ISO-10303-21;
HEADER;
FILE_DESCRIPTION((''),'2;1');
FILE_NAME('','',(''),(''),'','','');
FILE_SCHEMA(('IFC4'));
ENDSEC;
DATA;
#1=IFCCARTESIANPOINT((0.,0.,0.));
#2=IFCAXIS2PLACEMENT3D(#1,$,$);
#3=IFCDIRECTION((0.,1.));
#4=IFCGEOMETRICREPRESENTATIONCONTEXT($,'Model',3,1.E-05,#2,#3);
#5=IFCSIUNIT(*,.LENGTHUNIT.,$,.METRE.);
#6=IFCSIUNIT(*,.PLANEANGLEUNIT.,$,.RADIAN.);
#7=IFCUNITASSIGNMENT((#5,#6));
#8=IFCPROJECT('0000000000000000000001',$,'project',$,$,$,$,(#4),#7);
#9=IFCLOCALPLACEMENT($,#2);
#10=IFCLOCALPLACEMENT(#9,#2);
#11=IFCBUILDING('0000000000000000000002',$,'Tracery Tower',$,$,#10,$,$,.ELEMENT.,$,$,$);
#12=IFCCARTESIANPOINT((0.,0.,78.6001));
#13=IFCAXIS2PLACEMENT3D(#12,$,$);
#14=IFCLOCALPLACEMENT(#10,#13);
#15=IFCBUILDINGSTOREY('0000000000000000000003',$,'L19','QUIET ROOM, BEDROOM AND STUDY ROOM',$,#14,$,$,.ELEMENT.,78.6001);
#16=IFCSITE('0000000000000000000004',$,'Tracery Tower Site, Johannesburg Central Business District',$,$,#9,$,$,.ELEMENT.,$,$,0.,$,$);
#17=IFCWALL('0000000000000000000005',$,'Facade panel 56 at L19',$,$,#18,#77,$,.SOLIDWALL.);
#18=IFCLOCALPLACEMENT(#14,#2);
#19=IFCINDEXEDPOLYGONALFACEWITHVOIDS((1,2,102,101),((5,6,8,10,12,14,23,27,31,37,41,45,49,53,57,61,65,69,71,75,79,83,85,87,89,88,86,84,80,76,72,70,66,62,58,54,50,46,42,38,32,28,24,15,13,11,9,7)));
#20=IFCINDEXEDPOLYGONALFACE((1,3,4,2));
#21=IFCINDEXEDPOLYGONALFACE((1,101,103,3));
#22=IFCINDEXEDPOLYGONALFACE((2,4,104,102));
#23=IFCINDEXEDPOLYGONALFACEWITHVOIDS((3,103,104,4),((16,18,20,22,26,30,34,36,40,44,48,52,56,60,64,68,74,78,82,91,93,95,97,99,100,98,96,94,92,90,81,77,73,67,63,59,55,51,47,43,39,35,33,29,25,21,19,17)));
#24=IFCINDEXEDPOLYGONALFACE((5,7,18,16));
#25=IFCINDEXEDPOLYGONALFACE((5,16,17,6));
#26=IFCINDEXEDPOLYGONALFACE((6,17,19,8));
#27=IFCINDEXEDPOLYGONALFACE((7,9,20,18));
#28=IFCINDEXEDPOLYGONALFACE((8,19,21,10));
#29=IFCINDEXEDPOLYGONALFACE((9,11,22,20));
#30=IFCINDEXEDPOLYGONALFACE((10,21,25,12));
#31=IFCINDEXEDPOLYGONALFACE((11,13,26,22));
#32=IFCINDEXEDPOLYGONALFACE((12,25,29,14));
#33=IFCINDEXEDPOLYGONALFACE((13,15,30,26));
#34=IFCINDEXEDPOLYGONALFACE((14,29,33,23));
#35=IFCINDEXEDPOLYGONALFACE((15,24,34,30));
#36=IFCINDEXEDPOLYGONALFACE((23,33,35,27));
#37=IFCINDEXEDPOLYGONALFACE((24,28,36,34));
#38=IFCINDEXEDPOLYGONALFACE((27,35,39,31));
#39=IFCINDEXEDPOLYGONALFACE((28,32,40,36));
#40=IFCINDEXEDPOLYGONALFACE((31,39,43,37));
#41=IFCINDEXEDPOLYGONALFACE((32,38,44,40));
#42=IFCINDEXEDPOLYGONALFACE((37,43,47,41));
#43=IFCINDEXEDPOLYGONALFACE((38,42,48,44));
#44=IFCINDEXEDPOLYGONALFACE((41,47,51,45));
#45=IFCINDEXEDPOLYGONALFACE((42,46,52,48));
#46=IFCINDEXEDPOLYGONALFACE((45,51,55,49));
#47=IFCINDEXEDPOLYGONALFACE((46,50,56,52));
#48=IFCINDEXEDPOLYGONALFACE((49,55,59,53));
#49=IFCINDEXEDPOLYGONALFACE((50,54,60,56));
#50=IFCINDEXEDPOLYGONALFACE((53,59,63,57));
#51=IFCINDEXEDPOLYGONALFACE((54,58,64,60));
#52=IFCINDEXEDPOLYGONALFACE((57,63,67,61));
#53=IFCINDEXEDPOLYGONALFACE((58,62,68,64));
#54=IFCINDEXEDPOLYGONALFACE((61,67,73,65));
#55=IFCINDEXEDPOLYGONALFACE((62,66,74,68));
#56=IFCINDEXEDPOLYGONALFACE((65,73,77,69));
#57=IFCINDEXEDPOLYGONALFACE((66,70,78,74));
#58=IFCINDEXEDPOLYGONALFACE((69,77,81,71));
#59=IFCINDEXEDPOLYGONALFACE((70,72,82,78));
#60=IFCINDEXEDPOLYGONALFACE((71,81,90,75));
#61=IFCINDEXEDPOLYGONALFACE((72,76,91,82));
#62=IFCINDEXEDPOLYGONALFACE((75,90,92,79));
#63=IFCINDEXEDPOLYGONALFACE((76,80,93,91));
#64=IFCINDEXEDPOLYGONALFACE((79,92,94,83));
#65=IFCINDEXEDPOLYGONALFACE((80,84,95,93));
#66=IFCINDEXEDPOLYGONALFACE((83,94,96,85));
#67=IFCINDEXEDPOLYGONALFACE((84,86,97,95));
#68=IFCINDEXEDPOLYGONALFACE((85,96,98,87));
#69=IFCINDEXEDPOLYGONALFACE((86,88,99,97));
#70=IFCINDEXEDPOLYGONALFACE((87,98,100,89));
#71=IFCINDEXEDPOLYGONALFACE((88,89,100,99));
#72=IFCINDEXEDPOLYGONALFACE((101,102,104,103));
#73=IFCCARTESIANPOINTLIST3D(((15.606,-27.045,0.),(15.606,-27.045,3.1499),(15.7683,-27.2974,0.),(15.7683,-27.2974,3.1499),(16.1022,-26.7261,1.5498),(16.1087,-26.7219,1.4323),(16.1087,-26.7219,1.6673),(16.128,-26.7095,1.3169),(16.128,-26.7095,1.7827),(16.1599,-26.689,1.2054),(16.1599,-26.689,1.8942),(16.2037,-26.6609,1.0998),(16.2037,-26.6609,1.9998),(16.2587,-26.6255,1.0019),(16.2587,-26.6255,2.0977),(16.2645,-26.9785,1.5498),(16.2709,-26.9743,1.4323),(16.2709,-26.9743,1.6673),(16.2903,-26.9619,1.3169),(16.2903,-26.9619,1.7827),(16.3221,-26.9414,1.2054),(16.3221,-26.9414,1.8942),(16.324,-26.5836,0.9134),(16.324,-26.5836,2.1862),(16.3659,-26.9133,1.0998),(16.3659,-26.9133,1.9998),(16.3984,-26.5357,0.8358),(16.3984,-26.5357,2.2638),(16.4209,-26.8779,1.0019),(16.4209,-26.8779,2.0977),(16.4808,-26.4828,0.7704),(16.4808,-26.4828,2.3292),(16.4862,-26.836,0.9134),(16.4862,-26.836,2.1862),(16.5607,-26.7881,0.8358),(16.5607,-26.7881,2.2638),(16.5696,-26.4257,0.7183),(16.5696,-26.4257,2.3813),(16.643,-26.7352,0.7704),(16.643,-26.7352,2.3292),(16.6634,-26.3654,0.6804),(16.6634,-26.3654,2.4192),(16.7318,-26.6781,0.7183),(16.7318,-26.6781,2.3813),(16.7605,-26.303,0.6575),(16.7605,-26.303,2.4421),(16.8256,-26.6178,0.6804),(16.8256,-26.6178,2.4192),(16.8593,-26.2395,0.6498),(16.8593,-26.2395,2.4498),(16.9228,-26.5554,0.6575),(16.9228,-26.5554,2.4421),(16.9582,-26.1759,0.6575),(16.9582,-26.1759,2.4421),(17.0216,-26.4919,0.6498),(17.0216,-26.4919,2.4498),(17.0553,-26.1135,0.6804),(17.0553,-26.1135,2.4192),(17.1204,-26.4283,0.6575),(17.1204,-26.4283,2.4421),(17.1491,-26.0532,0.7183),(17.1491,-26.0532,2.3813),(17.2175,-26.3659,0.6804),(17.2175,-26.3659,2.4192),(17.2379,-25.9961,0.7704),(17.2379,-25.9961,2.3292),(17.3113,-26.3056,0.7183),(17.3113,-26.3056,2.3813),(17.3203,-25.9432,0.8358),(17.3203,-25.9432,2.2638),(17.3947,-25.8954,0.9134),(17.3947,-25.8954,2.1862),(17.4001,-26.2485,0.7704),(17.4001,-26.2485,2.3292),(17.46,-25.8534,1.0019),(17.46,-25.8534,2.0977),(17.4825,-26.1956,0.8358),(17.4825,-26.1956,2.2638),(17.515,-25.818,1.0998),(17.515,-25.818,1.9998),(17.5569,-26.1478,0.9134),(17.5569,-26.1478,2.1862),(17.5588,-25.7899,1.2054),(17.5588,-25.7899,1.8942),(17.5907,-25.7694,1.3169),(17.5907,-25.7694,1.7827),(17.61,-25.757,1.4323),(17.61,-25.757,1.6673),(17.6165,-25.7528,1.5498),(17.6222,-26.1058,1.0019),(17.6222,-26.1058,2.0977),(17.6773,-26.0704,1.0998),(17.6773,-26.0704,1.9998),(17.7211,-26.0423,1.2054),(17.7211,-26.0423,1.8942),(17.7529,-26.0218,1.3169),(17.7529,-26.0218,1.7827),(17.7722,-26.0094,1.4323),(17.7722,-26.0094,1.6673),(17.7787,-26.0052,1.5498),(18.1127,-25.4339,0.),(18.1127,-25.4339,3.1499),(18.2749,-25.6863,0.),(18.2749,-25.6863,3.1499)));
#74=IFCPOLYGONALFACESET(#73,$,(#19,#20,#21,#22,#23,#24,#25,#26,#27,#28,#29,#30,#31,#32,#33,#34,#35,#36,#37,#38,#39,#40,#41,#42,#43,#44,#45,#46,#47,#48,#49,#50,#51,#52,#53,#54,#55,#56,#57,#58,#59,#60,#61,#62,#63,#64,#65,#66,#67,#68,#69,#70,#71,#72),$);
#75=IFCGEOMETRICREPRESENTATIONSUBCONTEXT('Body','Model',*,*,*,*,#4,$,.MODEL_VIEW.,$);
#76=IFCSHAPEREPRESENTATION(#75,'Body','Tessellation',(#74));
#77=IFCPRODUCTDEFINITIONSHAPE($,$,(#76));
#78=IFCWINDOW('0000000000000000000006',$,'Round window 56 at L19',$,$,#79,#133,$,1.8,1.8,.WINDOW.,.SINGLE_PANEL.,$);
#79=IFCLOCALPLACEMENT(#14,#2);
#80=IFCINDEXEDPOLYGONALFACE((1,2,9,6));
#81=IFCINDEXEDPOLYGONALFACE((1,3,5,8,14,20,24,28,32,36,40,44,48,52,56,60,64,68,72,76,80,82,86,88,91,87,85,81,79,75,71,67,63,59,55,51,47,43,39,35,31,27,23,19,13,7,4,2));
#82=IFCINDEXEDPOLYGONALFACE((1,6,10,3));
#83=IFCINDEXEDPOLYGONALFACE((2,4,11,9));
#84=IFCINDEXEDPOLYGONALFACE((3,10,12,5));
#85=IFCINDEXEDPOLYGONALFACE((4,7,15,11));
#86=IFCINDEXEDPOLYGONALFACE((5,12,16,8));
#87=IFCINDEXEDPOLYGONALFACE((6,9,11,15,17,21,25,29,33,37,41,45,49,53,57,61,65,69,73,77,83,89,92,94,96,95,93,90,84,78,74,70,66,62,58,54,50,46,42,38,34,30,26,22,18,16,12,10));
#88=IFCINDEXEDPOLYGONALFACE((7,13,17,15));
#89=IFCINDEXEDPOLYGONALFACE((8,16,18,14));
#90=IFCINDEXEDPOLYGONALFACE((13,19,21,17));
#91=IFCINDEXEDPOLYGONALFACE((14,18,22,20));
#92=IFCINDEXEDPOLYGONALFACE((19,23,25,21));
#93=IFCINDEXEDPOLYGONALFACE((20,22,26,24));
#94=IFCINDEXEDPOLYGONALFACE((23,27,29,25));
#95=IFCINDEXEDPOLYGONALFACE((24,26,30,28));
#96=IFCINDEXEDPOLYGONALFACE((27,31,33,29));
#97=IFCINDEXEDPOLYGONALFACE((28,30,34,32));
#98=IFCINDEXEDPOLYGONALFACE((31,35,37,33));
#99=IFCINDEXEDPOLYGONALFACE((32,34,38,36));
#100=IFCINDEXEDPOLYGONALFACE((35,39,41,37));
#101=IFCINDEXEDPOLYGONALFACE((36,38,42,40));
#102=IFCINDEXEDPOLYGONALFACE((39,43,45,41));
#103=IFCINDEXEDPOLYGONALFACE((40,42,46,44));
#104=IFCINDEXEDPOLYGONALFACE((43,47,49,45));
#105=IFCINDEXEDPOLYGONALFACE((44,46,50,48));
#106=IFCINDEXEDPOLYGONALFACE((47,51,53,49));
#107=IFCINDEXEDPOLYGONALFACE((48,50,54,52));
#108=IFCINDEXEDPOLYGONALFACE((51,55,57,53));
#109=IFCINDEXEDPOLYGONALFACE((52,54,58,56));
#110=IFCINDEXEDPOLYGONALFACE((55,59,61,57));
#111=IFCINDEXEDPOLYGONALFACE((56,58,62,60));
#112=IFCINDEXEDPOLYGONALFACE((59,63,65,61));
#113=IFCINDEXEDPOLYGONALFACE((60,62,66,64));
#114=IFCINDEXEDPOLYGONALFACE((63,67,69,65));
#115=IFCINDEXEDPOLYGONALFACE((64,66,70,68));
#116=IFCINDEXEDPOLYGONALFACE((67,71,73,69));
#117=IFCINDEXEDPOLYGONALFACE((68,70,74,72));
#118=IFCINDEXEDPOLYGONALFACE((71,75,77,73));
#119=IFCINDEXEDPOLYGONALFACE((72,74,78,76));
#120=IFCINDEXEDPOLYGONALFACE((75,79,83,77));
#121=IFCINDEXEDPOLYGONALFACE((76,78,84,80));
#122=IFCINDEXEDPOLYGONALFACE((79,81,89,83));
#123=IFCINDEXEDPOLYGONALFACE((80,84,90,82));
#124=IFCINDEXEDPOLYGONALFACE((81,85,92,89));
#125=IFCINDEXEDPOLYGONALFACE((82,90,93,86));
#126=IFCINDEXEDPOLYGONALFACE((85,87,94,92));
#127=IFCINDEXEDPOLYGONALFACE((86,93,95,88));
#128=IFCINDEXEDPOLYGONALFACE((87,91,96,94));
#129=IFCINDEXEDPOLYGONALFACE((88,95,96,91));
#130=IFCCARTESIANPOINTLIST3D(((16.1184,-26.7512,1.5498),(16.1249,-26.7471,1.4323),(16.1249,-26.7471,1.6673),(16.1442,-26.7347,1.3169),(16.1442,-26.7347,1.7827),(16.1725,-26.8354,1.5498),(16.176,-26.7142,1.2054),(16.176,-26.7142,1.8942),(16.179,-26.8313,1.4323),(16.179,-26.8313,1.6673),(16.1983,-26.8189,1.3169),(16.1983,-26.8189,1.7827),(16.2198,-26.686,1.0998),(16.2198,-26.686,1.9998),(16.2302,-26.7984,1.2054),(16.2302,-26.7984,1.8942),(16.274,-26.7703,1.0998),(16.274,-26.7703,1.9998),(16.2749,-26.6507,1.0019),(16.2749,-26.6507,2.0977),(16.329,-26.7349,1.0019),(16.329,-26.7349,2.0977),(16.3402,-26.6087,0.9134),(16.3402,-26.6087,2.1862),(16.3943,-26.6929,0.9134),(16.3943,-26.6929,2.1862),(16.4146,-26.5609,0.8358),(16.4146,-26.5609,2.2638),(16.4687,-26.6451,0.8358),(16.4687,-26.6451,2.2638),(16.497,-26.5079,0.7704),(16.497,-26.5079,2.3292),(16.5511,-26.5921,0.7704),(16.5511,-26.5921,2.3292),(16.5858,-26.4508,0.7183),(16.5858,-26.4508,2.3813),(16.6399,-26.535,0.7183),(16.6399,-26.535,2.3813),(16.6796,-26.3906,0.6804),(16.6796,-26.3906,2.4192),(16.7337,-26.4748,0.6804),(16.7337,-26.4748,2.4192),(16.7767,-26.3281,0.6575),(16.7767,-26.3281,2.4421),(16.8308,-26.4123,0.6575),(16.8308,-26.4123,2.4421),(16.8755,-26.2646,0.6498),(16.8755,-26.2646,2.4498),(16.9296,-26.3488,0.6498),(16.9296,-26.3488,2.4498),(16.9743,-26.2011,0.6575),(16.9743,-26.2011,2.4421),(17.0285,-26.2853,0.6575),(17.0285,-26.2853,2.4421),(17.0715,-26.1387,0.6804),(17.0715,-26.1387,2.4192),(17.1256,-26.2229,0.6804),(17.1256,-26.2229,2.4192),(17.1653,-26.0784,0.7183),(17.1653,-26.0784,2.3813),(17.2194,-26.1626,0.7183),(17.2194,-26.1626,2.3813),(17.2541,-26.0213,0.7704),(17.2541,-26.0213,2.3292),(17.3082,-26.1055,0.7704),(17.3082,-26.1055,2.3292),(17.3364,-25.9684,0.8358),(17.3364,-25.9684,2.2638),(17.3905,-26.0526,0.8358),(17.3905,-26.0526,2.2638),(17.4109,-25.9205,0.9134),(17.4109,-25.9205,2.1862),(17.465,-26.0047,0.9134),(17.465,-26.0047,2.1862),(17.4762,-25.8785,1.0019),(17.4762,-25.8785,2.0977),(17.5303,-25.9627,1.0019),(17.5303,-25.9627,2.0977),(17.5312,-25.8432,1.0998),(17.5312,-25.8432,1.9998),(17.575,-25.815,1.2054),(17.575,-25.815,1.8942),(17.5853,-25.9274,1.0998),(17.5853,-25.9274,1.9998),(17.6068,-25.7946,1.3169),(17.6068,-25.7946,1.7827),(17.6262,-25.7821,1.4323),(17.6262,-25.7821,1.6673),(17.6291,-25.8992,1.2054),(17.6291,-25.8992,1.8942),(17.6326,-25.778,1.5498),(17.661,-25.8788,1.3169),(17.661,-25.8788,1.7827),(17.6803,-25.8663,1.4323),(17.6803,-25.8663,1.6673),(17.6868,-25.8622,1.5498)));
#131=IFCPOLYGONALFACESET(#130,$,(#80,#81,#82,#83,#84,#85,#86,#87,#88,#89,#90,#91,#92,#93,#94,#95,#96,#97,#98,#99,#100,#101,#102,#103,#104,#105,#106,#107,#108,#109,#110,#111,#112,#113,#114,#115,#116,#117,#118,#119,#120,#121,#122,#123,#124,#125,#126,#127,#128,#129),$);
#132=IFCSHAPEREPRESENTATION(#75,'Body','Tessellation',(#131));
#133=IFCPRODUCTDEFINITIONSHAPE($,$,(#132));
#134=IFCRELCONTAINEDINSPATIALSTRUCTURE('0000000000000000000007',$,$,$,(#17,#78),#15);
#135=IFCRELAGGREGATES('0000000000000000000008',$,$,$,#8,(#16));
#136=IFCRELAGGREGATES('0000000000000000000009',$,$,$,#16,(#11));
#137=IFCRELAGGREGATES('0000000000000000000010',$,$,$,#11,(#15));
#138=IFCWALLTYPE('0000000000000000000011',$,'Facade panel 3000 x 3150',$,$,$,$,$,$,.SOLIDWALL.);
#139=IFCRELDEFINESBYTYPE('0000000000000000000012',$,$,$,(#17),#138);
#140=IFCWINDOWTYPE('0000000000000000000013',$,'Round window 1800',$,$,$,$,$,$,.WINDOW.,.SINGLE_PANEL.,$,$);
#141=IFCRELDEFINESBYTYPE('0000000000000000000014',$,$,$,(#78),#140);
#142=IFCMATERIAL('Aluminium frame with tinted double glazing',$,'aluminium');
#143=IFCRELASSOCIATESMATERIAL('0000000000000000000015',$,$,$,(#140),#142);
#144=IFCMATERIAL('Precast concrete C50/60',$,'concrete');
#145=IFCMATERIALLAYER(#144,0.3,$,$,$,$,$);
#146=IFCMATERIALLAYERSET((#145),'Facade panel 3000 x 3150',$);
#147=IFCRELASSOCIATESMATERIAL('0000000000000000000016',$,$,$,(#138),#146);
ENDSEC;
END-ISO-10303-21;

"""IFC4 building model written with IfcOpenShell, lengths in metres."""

from ifc_helpers import new_model, si_unit, direction, frame, frame_2d, origin, origin_2d, place, context, subcontext, project, spatial, rectangle, circle, extrude, material, layer, layer_set, type_object, element, fill, save


model = new_model("IFC4")

# Units and contexts
model_context = context("Model", 3, precision=1e-05, world=origin(), true_north=direction((0.0, 1.0)))
body_context = subcontext(model_context, "Body", "Model", "MODEL_VIEW")
ifc_project = project(units=[si_unit("LENGTHUNIT", "METRE"), si_unit("PLANEANGLEUNIT", "RADIAN")], contexts=[model_context])

# Site, building, storey
site_placement = place(None, origin())
site = spatial("IfcSite", under=ifc_project, at=site_placement, Name="Tracery Tower Site, Johannesburg Central Business District", CompositionType="ELEMENT", RefElevation=0.0)
building_placement = place(site_placement, origin())
building = spatial("IfcBuilding", under=site, at=building_placement, Name="Tracery Tower", CompositionType="ELEMENT")
storey_placement = place(building_placement, frame((0.0, 0.0, 78.6001)))
storey = spatial("IfcBuildingStorey", under=building, at=storey_placement, Name="L19", Description="QUIET ROOM, BEDROOM AND STUDY ROOM", CompositionType="ELEMENT", Elevation=78.6001)

# Wall, opening, window
ifc_material_1 = material(Name="Aluminium frame with tinted double glazing", Category="aluminium")
window_type = type_object("IfcWindowType", Name="Round window 1800", PartitioningType="SINGLE_PANEL", PredefinedType="WINDOW", material=ifc_material_1)
ifc_material_2 = material(Name="Precast concrete C50/60", Category="concrete")
ifc_layer_1 = layer(ifc_material_2, 0.3)
ifc_layer_set_1 = layer_set([ifc_layer_1], Name="Facade panel 3000 x 3150")
wall_type_1 = type_object("IfcWallType", Name="Facade panel 3000 x 3150", PredefinedType="SOLIDWALL", material=ifc_layer_set_1)
wall_1_placement = place(storey_placement, frame((15.6873, -27.1711, 0.0), z_axis=(0.0, 0.0, 1.0), x_axis=(0.841224, 0.540687, 0.0)))
wall_1 = element("IfcWall", 1, at=wall_1_placement, inside=storey, type_object=wall_type_1, Name="Facade panel 56 at L19", PredefinedType="SOLIDWALL", context=body_context, shape_type="SweptSolid", body=[
    extrude(rectangle(XDim=2.9797, YDim=0.3, at=frame_2d((1.4897, 0.0))), origin(), (0.0, 0.0, 1.0), 3.1499),
])
opening_1_placement = place(wall_1_placement, frame((1.4897, 0.0, 1.5498)))
opening_1 = element("IfcOpeningElement", 2, at=opening_1_placement, cuts=wall_1, PredefinedType="OPENING", context=body_context, shape_type="SweptSolid", body=[
    extrude(circle(Radius=0.9, at=origin_2d()), frame((0.0, 0.1599, 0.0), z_axis=(0.0, -1.0, 0.0), x_axis=(1.0, 0.0, 0.0)), (0.0, 0.0, 1.0), 0.3201),
])
window_1_placement = place(opening_1_placement, origin())
window_1 = element("IfcWindow", 3, at=window_1_placement, inside=storey, type_object=window_type, Name="Round window 56 at L19", OverallHeight=1.8, OverallWidth=1.8, PartitioningType="SINGLE_PANEL", PredefinedType="WINDOW", context=body_context, shape_type="SweptSolid", body=[
    extrude(circle(Radius=0.9, at=origin_2d()), frame((0.0, 0.1201, 0.0), z_axis=(0.0, -1.0, 0.0), x_axis=(1.0, 0.0, 0.0)), (0.0, 0.0, 1.0), 0.1001),
])
fill(opening_1, window_1)

save(model, "model.ifc")
